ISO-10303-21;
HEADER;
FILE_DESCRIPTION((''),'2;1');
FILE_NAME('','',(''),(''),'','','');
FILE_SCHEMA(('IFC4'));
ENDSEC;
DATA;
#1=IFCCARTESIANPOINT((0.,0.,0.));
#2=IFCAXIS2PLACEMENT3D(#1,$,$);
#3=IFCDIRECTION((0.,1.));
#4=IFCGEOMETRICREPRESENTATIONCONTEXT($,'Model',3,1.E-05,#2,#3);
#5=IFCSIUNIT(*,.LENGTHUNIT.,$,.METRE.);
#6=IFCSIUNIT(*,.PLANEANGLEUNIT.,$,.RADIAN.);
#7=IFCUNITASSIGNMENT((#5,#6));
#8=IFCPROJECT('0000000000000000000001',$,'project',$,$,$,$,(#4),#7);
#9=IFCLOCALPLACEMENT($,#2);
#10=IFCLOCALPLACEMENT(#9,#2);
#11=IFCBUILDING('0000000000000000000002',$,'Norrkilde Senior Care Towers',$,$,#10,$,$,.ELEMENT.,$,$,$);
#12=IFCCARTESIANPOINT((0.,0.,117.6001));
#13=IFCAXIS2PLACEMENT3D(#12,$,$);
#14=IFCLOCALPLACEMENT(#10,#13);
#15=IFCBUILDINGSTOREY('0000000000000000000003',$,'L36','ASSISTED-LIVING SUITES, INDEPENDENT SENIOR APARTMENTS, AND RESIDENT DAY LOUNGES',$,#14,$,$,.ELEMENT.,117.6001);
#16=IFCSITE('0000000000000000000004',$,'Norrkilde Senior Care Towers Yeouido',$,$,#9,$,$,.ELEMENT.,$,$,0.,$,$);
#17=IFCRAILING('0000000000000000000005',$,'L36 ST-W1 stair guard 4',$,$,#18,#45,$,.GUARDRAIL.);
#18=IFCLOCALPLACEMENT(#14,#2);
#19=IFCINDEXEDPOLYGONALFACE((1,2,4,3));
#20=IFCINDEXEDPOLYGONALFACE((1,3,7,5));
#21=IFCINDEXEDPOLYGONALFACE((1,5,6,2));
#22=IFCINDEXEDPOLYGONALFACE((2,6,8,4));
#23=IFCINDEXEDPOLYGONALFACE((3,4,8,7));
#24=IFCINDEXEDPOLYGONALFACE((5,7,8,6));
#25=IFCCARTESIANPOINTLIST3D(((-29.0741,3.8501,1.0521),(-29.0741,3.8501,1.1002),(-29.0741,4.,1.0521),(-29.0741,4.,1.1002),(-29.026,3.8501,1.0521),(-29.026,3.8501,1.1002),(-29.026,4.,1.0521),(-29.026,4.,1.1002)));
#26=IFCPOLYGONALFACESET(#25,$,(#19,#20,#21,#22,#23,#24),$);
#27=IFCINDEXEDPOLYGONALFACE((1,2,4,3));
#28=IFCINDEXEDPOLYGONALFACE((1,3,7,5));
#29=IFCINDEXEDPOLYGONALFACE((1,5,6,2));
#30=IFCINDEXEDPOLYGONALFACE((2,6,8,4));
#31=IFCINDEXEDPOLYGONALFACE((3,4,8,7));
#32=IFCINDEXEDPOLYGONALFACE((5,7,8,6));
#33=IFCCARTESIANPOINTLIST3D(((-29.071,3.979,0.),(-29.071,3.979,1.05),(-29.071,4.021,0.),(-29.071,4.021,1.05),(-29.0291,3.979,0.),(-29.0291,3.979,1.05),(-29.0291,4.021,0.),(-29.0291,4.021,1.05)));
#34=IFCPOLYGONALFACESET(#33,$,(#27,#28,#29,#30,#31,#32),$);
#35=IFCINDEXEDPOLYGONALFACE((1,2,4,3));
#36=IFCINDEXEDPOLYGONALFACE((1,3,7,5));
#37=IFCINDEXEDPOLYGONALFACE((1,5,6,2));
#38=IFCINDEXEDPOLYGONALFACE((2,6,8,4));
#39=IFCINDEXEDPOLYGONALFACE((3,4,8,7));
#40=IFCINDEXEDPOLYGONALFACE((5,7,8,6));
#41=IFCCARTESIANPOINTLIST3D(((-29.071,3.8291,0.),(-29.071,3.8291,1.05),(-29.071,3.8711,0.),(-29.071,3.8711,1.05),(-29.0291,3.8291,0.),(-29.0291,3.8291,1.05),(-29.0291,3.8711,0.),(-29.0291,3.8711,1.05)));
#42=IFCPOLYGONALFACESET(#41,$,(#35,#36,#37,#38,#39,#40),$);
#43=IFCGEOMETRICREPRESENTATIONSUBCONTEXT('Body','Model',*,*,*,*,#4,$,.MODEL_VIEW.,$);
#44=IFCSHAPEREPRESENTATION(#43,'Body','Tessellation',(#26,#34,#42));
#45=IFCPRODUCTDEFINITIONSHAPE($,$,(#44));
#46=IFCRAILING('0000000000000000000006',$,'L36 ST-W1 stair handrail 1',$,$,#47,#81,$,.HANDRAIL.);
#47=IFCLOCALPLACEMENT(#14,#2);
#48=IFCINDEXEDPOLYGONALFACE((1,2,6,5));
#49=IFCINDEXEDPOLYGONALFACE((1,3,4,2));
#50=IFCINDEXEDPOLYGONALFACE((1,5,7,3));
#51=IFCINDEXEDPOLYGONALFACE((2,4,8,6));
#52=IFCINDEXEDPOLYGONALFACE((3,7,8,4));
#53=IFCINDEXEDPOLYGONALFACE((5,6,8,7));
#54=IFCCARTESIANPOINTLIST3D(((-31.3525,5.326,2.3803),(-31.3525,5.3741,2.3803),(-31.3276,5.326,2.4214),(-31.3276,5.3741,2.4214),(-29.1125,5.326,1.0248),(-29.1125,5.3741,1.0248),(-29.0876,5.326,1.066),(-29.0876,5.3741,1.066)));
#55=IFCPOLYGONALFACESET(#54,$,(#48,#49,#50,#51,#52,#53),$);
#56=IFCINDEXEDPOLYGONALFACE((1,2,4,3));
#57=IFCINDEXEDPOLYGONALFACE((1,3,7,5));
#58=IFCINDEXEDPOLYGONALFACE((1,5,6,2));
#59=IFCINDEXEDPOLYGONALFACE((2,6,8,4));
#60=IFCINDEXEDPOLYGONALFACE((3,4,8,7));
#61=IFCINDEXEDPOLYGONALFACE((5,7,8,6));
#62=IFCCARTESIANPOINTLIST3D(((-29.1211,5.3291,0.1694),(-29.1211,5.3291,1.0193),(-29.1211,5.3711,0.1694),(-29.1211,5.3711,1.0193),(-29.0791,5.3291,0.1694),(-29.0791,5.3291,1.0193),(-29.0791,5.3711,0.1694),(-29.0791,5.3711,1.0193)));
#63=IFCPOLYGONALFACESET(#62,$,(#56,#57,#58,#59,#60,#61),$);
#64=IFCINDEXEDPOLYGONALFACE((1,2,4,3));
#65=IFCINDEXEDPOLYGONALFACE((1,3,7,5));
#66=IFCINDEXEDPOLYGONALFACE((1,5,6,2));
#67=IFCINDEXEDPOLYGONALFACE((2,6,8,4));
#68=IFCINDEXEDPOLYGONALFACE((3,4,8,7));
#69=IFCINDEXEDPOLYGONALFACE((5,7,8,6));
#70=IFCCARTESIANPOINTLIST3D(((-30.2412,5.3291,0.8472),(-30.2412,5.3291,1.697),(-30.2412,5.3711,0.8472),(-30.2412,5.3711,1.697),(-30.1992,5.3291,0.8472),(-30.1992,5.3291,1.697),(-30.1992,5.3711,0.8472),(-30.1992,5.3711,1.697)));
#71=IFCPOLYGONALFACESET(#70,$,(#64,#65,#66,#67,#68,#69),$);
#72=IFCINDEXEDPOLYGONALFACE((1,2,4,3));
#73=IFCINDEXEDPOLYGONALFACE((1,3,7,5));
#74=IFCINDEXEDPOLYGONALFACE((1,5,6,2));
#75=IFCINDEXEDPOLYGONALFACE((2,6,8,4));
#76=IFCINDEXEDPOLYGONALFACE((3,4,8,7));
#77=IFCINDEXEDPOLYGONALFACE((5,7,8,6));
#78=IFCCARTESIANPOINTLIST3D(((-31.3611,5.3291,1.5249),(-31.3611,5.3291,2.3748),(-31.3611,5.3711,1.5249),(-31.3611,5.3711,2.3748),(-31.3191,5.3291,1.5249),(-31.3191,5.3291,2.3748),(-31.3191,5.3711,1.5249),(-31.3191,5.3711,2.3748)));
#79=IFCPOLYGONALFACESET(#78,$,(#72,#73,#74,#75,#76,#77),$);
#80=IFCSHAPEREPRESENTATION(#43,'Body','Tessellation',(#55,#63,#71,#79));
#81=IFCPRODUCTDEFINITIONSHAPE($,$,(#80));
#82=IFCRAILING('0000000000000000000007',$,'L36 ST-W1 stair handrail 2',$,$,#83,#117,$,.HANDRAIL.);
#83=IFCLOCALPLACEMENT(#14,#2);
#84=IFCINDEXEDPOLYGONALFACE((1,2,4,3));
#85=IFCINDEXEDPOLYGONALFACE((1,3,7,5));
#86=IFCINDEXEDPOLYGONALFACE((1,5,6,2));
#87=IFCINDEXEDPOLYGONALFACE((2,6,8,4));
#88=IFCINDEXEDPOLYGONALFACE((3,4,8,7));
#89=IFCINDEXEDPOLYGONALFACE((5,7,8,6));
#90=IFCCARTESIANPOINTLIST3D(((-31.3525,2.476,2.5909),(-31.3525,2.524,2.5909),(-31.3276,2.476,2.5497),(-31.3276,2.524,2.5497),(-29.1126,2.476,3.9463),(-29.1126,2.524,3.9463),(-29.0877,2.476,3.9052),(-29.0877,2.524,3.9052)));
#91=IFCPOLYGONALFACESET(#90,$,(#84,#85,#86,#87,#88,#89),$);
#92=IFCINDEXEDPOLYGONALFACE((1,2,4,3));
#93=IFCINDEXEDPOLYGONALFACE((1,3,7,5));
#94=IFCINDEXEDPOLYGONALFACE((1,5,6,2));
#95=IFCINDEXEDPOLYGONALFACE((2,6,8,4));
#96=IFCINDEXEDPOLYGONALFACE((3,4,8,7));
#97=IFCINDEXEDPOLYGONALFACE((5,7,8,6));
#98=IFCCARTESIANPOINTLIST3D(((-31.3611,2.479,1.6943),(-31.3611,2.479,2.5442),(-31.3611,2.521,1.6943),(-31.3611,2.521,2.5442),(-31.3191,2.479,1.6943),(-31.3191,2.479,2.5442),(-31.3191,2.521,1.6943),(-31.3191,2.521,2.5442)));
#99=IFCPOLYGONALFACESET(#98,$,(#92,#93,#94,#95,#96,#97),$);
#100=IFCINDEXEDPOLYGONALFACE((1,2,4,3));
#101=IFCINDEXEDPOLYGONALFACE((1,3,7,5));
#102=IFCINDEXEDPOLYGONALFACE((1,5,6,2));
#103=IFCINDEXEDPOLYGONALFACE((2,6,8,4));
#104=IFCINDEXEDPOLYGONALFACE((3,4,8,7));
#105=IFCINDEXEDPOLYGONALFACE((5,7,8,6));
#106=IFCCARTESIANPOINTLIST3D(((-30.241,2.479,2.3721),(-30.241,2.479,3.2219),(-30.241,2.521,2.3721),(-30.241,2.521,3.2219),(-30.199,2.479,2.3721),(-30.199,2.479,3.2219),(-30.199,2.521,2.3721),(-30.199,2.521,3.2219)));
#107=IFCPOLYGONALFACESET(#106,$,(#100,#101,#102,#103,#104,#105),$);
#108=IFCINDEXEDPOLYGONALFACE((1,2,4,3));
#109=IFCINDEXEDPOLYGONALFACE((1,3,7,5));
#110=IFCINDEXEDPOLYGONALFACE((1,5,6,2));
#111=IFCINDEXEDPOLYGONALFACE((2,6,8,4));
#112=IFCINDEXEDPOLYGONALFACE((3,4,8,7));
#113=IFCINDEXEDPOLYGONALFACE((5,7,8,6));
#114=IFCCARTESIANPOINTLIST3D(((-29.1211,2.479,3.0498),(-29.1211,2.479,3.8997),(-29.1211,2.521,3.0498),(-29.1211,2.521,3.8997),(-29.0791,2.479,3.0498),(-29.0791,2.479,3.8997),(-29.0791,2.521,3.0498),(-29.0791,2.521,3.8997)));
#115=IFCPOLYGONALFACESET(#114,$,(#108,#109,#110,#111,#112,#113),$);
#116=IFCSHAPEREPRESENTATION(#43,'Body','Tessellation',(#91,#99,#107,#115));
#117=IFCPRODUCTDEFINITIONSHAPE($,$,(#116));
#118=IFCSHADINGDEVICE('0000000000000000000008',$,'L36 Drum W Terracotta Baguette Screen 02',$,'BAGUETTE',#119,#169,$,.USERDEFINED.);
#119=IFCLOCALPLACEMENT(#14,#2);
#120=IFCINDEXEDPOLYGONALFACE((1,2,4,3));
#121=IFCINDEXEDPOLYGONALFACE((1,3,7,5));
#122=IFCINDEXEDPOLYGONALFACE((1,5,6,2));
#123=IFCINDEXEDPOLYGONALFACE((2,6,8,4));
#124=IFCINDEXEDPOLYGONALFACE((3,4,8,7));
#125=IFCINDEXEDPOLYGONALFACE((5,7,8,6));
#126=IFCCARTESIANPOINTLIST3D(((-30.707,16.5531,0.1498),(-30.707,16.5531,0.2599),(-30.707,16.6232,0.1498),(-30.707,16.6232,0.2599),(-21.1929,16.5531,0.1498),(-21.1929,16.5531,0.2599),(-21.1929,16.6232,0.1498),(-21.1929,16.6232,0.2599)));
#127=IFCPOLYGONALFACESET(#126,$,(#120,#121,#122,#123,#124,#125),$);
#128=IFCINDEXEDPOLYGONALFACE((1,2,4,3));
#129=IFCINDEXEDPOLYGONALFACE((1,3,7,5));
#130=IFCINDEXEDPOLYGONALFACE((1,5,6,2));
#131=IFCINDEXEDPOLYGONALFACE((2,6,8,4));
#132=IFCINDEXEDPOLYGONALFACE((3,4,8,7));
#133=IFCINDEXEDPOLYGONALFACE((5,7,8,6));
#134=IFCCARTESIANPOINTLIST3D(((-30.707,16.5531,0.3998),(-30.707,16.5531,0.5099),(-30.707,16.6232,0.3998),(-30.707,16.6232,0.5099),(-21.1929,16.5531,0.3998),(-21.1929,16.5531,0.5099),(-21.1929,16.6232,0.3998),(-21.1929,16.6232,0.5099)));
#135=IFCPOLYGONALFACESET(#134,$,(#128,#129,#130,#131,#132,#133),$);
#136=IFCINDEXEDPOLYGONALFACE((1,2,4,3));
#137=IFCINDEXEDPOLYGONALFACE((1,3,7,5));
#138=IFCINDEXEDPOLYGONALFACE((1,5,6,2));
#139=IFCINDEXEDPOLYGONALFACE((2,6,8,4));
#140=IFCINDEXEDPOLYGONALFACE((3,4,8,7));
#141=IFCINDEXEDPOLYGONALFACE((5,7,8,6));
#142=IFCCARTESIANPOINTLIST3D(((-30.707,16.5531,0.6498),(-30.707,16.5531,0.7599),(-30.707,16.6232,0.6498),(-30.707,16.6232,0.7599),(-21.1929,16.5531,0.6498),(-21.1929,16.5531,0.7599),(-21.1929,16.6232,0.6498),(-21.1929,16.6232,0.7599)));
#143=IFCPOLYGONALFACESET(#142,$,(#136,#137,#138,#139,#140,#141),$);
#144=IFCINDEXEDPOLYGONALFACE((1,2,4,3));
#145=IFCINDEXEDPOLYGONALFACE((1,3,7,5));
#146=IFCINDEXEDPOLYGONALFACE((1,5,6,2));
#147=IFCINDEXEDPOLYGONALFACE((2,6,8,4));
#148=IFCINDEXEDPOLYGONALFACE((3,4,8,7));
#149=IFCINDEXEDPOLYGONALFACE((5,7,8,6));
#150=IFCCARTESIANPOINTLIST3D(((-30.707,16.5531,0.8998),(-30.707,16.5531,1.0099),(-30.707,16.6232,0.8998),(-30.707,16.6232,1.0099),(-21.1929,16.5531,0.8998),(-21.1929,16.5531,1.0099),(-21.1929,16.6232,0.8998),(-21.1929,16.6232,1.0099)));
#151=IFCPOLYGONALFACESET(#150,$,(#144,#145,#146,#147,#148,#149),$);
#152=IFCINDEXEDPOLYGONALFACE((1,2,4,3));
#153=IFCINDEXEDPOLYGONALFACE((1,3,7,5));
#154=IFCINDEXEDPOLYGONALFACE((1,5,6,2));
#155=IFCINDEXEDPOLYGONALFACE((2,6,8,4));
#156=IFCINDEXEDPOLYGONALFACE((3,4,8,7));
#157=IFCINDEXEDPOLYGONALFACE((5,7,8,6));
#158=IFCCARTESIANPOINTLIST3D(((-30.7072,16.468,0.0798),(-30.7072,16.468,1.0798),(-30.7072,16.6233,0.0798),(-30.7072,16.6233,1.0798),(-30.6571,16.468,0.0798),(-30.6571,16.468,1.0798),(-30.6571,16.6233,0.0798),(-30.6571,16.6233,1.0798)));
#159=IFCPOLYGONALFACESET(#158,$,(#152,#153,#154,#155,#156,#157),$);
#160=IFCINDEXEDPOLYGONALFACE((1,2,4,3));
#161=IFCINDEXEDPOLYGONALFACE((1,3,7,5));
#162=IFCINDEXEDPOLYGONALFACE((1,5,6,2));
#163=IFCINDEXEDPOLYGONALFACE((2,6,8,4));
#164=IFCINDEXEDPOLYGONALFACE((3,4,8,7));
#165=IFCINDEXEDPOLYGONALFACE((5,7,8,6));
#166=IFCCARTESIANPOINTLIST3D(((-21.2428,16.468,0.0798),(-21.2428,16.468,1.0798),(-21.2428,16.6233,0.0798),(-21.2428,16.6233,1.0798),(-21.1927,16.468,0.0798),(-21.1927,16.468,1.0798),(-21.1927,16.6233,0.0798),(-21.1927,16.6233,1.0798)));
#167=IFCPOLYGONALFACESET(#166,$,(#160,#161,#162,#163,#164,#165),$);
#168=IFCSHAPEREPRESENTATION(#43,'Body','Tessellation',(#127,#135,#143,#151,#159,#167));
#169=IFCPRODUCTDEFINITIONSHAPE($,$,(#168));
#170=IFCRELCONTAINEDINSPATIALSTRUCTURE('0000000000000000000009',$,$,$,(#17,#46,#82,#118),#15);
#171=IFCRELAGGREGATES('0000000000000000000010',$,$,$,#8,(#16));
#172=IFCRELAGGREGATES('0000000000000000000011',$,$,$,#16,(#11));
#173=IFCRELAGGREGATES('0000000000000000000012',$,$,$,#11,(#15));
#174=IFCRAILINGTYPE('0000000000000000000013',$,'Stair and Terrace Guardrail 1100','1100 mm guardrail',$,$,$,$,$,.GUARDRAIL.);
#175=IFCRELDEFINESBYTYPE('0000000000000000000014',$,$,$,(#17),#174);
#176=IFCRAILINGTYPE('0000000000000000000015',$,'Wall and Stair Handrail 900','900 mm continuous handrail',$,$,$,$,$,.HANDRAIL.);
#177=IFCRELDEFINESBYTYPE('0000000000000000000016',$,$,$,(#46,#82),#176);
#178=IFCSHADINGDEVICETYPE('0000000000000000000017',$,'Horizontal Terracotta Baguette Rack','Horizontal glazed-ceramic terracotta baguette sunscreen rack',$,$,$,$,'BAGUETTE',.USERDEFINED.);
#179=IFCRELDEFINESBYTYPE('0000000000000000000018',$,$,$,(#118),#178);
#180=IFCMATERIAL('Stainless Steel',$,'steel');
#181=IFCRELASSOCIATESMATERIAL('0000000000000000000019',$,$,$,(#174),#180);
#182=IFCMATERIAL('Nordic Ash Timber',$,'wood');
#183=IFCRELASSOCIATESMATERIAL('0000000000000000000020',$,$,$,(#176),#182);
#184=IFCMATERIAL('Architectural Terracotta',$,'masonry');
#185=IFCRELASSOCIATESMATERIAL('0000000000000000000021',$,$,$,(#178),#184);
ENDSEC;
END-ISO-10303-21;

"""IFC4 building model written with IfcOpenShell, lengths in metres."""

from ifc_helpers import new_model, si_unit, direction, frame, origin, origin_2d, place, context, subcontext, project, spatial, rectangle, extrude, source, transform, mapped, material, type_object, type_shapes, element, save


model = new_model("IFC4")

# Units and contexts
model_context = context("Model", 3, precision=1e-05, world=origin(), true_north=direction((0.0, 1.0)))
body_context = subcontext(model_context, "Body", "Model", "MODEL_VIEW")
ifc_project = project(units=[si_unit("LENGTHUNIT", "METRE"), si_unit("PLANEANGLEUNIT", "RADIAN")], contexts=[model_context])

# Site, building, storey
site_placement = place(None, origin())
site = spatial("IfcSite", under=ifc_project, at=site_placement, Name="Norrkilde Senior Care Towers Yeouido", CompositionType="ELEMENT", RefElevation=0.0)
building_placement = place(site_placement, origin())
building = spatial("IfcBuilding", under=site, at=building_placement, Name="Norrkilde Senior Care Towers", CompositionType="ELEMENT")
storey_placement = place(building_placement, frame((0.0, 0.0, 117.6001)))
storey = spatial("IfcBuildingStorey", under=building, at=storey_placement, Name="L36", Description="ASSISTED-LIVING SUITES, INDEPENDENT SENIOR APARTMENTS, AND RESIDENT DAY LOUNGES", CompositionType="ELEMENT", Elevation=117.6001)

# Shared definitions
ifc_material_1 = material(Name="Nordic Ash Timber", Category="wood")

# Railings
ifc_material_2 = material(Name="Stainless Steel", Category="steel")
railing_type_1 = type_object("IfcRailingType", Name="Stair and Terrace Guardrail 1100", Description="1100 mm guardrail", PredefinedType="GUARDRAIL", material=ifc_material_2)
railing_1_placement = place(storey_placement, frame((-29.05, 4.0, 0.0)))
element("IfcRailing", 1, at=railing_1_placement, inside=storey, type_object=railing_type_1, Name="L36 ST-W1 stair guard 4", PredefinedType="GUARDRAIL", context=body_context, shape_type="SweptSolid", body=[
    extrude(rectangle(XDim=0.0481, YDim=0.0481, at=origin_2d()), frame((0.0, 0.0, 1.0762), z_axis=(0.0, -1.0, 0.0), x_axis=(1.0, 0.0, 0.0)), (0.0, 0.0, 1.0), 0.1499),
    extrude(rectangle(XDim=0.042, YDim=0.042, at=origin_2d()), origin(), (0.0, 0.0, 1.0), 1.05),
    extrude(rectangle(XDim=0.042, YDim=0.042, at=origin_2d()), frame((0.0, -0.1499, 0.0)), (0.0, 0.0, 1.0), 1.05),
])
railing_type_2 = type_object("IfcRailingType", Name="Wall and Stair Handrail 900", Description="900 mm continuous handrail", PredefinedType="HANDRAIL", material=ifc_material_1)
railing_2_placement = place(storey_placement, frame((-29.1001, 5.3501, 0.1694)))
element("IfcRailing", 2, at=railing_2_placement, inside=storey, type_object=railing_type_2, Name="L36 ST-W1 stair handrail 1", PredefinedType="HANDRAIL", context=body_context, shape_type="SweptSolid", body=[
    extrude(rectangle(XDim=0.0481, YDim=0.0481, at=origin_2d()), frame((0.0, 0.0, 0.876), z_axis=(-0.855553, 0.0, 0.517715), x_axis=(0.0, -1.0, 0.0)), (0.0, 0.0, 1.0), 2.6182),
    extrude(rectangle(XDim=0.042, YDim=0.042, at=origin_2d()), origin(), (0.0, 0.0, 1.0), 0.8499),
    extrude(rectangle(XDim=0.042, YDim=0.042, at=origin_2d()), frame((-1.1201, 0.0, 0.6777)), (0.0, 0.0, 1.0), 0.8499),
    extrude(rectangle(XDim=0.042, YDim=0.042, at=origin_2d()), frame((-2.24, 0.0, 1.3555)), (0.0, 0.0, 1.0), 0.8499),
])
railing_3_placement = place(storey_placement, frame((-31.3401, 2.5, 1.6943)))
element("IfcRailing", 3, at=railing_3_placement, inside=storey, type_object=railing_type_2, Name="L36 ST-W1 stair handrail 2", PredefinedType="HANDRAIL", context=body_context, shape_type="SweptSolid", body=[
    extrude(rectangle(XDim=0.0481, YDim=0.0481, at=origin_2d()), frame((0.0, 0.0, 0.876), z_axis=(0.855553, 0.0, 0.517715), x_axis=(0.0, 1.0, 0.0)), (0.0, 0.0, 1.0), 2.6182),
    extrude(rectangle(XDim=0.042, YDim=0.042, at=origin_2d()), origin(), (0.0, 0.0, 1.0), 0.8499),
    extrude(rectangle(XDim=0.042, YDim=0.042, at=origin_2d()), frame((1.1201, 0.0, 0.6777)), (0.0, 0.0, 1.0), 0.8499),
    extrude(rectangle(XDim=0.042, YDim=0.042, at=origin_2d()), frame((2.24, 0.0, 1.3555)), (0.0, 0.0, 1.0), 0.8499),
])

# Shading device
ifc_material_3 = material(Name="Architectural Terracotta", Category="masonry")
shading_device_type = type_object("IfcShadingDeviceType", Name="Horizontal Terracotta Baguette Rack", Description="Horizontal glazed-ceramic terracotta baguette sunscreen rack", ElementType="BAGUETTE", PredefinedType="USERDEFINED", material=ifc_material_3)
shared_shape_1 = source(origin(), body_context, "Body", "SweptSolid", [
    extrude(rectangle(XDim=0.0701, YDim=0.1101, at=origin_2d()), frame((0.0, 0.0901, 0.125), z_axis=(1.0, 0.0, 0.0), x_axis=(0.0, 1.0, 0.0)), (0.0, 0.0, 1.0), 9.5142),
    extrude(rectangle(XDim=0.0701, YDim=0.1101, at=origin_2d()), frame((0.0, 0.0901, 0.375), z_axis=(1.0, 0.0, 0.0), x_axis=(0.0, 1.0, 0.0)), (0.0, 0.0, 1.0), 9.5142),
    extrude(rectangle(XDim=0.0701, YDim=0.1101, at=origin_2d()), frame((0.0, 0.0901, 0.625), z_axis=(1.0, 0.0, 0.0), x_axis=(0.0, 1.0, 0.0)), (0.0, 0.0, 1.0), 9.5142),
    extrude(rectangle(XDim=0.0701, YDim=0.1101, at=origin_2d()), frame((0.0, 0.0901, 0.875), z_axis=(1.0, 0.0, 0.0), x_axis=(0.0, 1.0, 0.0)), (0.0, 0.0, 1.0), 9.5142),
    extrude(rectangle(XDim=0.05, YDim=0.1553, at=origin_2d()), frame((0.0249, 0.0476, 0.0)), (0.0, 0.0, 1.0), 1.0),
    extrude(rectangle(XDim=0.05, YDim=0.1553, at=origin_2d()), frame((9.4893, 0.0476, 0.0)), (0.0, 0.0, 1.0), 1.0),
])
type_shapes(shading_device_type, [shared_shape_1])
shading_device_placement = place(storey_placement, frame((-30.707, 16.498, 0.0798), z_axis=(0.0, 0.0, 1.0), x_axis=(1.0, 0.0, 0.0)))
element("IfcShadingDevice", 4, at=shading_device_placement, inside=storey, type_object=shading_device_type, Name="L36 Drum W Terracotta Baguette Screen 02", ObjectType="BAGUETTE", PredefinedType="USERDEFINED", context=body_context, shape_type="MappedRepresentation", body=[
    mapped(shared_shape_1, transform((0.0, 0.0, 0.0), x_axis=(1.0, 0.0, 0.0), y_axis=(0.0, 1.0, 0.0), z_axis=(0.0, 0.0, 1.0), scale=1.0)),
])

save(model, "model.ifc")
